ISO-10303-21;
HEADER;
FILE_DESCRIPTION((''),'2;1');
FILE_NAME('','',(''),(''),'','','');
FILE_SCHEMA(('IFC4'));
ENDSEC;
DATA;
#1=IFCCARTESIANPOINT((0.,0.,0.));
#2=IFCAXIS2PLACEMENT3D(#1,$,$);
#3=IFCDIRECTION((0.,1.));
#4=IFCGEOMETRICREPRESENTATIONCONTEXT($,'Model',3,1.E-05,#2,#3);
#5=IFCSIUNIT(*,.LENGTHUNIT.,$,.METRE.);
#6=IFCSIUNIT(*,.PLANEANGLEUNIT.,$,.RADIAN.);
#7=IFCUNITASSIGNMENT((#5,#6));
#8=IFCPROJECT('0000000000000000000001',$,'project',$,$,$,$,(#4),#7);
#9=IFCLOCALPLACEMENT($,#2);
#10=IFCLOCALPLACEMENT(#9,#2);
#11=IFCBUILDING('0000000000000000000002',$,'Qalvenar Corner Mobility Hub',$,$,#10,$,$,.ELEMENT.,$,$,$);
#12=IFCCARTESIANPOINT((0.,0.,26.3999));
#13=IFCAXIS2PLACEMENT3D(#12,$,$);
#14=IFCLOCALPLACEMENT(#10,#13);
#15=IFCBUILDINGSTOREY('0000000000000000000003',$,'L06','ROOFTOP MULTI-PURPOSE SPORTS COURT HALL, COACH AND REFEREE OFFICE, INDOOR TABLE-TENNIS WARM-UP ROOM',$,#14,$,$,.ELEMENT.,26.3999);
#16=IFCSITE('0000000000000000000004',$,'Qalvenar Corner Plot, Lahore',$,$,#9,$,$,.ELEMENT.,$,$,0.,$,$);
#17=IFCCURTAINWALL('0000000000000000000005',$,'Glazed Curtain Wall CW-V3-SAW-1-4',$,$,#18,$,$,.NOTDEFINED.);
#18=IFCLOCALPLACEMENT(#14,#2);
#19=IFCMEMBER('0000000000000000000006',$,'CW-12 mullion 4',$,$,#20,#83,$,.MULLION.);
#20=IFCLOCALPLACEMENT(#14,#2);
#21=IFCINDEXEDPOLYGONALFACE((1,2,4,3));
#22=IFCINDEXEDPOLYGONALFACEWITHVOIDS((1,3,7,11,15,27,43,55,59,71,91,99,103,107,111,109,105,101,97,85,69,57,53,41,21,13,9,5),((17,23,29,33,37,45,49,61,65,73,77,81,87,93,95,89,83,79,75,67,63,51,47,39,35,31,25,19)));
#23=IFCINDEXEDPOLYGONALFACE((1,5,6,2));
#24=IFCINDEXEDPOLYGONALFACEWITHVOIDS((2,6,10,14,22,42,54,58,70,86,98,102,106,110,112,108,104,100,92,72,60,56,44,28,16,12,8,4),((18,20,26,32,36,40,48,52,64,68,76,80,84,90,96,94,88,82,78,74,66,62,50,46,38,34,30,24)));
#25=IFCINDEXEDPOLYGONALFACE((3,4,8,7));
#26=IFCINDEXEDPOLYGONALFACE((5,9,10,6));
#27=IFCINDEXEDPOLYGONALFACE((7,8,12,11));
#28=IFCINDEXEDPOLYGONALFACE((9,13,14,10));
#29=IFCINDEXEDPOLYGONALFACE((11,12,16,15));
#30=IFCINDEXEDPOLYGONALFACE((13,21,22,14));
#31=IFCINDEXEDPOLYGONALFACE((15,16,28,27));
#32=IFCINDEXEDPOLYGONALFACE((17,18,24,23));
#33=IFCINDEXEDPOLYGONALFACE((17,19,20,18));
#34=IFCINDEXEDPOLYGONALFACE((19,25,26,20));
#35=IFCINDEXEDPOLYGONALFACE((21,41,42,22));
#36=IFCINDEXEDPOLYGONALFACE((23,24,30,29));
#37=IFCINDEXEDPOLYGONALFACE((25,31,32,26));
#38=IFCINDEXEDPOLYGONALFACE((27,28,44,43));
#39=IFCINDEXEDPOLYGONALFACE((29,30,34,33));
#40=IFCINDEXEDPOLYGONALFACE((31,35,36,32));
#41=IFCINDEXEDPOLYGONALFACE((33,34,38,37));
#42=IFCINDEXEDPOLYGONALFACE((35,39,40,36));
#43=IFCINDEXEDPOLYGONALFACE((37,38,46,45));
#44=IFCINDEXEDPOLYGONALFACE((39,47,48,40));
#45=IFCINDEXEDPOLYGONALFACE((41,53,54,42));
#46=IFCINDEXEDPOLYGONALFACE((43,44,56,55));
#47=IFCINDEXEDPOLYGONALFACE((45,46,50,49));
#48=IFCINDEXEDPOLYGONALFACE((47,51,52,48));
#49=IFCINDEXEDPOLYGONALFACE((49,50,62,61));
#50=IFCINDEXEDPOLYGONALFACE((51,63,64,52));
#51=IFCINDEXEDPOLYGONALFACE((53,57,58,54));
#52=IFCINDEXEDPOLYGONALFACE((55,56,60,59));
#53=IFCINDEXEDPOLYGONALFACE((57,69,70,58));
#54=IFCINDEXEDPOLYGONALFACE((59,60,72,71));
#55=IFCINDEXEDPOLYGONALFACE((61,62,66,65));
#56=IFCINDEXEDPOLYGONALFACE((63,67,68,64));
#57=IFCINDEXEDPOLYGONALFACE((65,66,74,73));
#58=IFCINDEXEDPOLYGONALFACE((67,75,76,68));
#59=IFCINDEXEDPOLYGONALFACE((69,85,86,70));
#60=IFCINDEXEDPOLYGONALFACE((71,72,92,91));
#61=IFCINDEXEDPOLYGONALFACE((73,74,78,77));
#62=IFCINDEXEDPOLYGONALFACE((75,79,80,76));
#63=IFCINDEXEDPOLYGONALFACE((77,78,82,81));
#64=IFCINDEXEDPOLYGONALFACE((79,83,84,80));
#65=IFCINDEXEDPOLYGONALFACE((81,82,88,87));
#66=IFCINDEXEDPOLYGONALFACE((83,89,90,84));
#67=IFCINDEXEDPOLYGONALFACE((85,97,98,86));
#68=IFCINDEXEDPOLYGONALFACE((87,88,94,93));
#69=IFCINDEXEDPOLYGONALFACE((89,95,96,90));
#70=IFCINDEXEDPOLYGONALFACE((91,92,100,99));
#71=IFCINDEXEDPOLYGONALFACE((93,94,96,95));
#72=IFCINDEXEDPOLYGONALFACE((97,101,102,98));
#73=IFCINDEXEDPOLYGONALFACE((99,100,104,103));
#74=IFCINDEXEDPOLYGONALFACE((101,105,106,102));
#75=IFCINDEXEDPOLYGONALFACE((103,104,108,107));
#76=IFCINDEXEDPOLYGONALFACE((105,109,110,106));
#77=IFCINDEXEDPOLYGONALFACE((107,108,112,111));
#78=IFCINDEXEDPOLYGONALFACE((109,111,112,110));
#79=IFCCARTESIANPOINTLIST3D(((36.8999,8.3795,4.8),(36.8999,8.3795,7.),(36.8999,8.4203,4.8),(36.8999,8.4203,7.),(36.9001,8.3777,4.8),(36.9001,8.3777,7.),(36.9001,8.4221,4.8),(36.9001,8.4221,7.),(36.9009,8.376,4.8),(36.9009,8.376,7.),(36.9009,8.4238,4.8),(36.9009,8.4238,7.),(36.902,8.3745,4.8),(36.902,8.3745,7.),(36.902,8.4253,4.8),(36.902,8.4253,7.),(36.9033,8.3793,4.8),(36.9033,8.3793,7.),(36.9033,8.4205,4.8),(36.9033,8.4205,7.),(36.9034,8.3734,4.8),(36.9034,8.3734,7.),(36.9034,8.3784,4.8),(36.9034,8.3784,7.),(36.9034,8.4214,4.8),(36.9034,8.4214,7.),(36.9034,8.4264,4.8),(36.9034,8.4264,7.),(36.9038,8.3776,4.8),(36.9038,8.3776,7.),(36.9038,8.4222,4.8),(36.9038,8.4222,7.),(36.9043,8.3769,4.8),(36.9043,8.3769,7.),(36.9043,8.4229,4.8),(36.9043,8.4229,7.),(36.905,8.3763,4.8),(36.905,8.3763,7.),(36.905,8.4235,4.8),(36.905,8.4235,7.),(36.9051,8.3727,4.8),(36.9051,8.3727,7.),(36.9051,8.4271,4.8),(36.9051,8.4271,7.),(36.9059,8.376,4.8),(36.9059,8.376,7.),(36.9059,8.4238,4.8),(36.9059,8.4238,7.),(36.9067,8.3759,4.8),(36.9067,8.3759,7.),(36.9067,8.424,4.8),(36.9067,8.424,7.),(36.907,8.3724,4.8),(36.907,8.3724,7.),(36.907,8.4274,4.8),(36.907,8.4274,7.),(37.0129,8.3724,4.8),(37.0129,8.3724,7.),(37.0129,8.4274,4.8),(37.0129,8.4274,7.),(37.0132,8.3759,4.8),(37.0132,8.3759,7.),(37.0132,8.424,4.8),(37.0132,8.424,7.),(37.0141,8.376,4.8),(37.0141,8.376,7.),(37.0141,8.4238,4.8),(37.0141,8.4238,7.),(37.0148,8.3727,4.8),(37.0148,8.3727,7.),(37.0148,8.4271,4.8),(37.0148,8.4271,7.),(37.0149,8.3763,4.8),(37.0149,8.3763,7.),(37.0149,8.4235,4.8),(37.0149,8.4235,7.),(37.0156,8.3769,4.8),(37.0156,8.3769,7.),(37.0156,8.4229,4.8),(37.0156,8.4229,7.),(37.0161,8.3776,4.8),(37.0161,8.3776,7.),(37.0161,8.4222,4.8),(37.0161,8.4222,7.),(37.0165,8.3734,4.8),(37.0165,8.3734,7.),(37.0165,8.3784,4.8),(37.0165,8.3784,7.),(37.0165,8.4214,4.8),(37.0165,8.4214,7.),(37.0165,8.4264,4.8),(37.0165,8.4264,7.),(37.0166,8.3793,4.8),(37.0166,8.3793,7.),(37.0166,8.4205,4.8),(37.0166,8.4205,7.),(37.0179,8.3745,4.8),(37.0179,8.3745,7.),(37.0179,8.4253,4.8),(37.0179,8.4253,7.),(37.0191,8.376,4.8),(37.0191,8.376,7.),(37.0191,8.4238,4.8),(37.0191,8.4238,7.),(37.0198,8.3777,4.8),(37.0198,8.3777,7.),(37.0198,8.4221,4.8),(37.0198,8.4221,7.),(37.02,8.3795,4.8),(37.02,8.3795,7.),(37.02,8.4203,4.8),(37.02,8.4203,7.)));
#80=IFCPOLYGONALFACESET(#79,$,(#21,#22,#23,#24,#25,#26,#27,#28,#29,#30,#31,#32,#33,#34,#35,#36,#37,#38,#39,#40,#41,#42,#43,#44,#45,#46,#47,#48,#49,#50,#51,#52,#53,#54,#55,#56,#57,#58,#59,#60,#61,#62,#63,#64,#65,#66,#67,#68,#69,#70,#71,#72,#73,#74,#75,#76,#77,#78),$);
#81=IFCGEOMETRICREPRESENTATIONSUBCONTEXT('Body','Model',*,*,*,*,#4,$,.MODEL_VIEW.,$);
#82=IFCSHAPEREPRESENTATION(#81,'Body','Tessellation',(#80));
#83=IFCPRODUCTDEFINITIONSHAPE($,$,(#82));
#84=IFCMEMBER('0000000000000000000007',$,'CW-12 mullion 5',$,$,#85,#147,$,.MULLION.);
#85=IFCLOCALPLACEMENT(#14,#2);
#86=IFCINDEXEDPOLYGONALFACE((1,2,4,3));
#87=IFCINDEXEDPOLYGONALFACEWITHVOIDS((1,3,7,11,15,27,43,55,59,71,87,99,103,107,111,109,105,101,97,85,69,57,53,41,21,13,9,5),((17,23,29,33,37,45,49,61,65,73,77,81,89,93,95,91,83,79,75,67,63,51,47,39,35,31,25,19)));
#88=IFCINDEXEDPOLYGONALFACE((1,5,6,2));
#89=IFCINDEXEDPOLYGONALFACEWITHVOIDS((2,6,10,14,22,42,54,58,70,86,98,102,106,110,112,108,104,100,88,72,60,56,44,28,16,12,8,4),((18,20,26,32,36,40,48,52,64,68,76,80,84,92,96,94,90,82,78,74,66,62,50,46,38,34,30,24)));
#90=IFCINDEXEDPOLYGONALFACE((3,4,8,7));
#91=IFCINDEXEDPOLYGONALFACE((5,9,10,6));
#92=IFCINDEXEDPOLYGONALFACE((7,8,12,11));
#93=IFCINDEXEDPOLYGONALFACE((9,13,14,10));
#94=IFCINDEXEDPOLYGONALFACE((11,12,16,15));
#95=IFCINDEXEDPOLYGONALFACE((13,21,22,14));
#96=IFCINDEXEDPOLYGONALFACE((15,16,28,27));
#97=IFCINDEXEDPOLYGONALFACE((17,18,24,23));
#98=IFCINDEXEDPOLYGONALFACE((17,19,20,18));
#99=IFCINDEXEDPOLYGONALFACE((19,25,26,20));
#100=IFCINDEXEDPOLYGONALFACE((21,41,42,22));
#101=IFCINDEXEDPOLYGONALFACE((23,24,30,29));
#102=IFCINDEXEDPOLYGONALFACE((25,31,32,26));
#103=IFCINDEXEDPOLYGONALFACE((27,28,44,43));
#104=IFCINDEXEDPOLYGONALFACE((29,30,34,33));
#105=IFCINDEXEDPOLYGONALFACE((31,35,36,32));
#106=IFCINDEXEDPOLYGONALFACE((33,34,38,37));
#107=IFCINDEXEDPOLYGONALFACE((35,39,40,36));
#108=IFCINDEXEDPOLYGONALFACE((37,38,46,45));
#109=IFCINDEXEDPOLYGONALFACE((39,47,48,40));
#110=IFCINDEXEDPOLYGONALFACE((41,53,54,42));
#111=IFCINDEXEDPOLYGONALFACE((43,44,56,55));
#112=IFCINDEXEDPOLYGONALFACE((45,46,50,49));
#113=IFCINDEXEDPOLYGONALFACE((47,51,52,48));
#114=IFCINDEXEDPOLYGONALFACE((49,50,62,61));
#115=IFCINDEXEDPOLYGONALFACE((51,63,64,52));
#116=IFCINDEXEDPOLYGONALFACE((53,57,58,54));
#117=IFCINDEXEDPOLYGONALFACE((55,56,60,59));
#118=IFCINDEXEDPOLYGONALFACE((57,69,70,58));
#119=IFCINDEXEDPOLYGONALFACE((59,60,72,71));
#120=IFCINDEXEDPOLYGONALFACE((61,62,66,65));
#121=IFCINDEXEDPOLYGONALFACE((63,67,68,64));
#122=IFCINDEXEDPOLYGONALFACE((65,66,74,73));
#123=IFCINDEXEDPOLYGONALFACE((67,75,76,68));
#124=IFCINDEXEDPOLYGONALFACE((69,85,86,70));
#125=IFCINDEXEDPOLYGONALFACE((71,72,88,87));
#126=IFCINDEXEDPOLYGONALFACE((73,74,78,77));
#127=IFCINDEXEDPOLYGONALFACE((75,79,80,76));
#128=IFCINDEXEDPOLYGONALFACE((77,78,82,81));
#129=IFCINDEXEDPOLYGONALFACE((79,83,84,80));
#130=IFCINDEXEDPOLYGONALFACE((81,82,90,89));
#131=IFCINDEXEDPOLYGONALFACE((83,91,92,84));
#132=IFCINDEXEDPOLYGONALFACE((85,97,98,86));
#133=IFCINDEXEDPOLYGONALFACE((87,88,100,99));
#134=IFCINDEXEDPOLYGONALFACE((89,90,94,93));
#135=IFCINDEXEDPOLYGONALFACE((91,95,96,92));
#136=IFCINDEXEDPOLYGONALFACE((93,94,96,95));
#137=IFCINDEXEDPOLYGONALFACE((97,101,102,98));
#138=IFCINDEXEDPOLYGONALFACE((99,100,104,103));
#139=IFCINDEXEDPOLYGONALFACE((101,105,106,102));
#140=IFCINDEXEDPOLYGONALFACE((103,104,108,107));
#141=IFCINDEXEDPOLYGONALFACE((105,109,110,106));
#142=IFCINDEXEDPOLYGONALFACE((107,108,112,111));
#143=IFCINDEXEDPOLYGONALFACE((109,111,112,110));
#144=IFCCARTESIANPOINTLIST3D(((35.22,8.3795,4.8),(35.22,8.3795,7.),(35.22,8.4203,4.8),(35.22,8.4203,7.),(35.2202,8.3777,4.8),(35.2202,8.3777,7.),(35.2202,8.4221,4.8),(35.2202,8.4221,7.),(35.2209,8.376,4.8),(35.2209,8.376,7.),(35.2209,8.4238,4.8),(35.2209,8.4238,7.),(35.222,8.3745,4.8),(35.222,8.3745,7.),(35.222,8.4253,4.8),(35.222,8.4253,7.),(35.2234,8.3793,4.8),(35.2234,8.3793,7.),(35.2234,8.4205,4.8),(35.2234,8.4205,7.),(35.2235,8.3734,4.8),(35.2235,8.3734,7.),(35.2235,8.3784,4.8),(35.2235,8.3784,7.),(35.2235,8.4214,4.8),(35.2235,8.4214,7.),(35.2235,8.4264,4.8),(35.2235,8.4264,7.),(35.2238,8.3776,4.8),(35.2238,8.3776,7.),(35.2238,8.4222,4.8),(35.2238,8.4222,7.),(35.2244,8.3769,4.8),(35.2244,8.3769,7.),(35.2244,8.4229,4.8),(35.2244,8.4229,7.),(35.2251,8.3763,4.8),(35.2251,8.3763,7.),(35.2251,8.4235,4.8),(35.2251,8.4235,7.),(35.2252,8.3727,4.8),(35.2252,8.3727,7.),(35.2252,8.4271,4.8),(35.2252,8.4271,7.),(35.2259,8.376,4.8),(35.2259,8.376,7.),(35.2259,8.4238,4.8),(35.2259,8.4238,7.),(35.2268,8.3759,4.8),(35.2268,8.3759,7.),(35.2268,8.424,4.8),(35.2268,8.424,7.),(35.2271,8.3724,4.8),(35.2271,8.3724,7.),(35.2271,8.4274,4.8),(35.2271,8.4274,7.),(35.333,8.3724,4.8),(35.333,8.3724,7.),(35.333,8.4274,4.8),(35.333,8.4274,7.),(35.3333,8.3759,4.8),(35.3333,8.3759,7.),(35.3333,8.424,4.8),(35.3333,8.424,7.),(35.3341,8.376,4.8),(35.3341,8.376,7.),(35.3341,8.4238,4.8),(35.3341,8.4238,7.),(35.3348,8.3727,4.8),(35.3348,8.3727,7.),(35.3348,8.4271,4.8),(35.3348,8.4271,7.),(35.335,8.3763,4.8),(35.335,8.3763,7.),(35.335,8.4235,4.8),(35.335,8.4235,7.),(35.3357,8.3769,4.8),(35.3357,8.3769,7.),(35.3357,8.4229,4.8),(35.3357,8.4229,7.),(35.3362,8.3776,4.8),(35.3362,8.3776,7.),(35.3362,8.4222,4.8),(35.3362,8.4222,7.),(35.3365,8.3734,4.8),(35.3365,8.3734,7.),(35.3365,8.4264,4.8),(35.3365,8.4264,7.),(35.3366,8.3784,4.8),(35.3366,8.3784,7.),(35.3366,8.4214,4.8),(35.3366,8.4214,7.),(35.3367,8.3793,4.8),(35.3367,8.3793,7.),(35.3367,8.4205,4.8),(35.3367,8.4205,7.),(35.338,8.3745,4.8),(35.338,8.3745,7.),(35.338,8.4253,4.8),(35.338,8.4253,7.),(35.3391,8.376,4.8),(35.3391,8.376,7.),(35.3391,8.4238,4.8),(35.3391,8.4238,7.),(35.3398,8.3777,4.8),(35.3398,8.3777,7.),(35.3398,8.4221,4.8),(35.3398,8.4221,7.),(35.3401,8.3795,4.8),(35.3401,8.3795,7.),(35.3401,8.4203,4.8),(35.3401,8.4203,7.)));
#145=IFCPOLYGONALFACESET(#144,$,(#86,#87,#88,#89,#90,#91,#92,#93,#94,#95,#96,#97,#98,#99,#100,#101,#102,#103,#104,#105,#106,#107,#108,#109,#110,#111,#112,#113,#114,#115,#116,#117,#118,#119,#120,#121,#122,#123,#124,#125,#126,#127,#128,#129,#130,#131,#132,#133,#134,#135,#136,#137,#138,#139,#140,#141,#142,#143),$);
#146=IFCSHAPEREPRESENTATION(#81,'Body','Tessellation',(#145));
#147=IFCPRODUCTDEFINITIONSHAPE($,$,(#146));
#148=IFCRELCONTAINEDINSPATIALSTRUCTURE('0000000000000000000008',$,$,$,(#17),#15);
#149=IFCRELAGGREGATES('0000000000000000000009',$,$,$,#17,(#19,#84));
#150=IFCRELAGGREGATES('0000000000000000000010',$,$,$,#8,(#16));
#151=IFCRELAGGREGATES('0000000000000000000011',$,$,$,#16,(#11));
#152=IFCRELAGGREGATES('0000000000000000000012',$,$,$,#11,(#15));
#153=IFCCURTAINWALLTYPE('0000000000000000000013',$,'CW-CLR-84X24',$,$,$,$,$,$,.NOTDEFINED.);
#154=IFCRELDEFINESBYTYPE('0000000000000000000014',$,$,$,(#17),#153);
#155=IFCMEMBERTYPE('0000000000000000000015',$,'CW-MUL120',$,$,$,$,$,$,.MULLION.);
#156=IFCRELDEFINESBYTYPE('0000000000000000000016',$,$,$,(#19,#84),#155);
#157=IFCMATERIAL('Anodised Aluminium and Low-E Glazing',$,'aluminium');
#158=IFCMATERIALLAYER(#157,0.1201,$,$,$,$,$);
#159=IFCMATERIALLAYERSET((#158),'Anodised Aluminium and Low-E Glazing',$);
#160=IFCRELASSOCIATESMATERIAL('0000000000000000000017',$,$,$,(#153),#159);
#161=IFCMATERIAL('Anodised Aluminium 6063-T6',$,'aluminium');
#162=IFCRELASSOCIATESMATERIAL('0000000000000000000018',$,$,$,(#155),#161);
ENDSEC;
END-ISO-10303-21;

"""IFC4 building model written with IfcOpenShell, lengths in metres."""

from ifc_helpers import new_model, si_unit, direction, frame, origin, origin_2d, place, context, subcontext, project, spatial, hollow_rectangle, extrude, material, layer, layer_set, material_profile, profile_set, type_object, element, aggregate, save


model = new_model("IFC4")

# Units and contexts
model_context = context("Model", 3, precision=1e-05, world=origin(), true_north=direction((0.0, 1.0)))
body_context = subcontext(model_context, "Body", "Model", "MODEL_VIEW")
ifc_project = project(units=[si_unit("LENGTHUNIT", "METRE"), si_unit("PLANEANGLEUNIT", "RADIAN")], contexts=[model_context])

# Site, building, storey
site_placement = place(None, origin())
site = spatial("IfcSite", under=ifc_project, at=site_placement, Name="Qalvenar Corner Plot, Lahore", CompositionType="ELEMENT", RefElevation=0.0)
building_placement = place(site_placement, origin())
building = spatial("IfcBuilding", under=site, at=building_placement, Name="Qalvenar Corner Mobility Hub", CompositionType="ELEMENT")
storey_placement = place(building_placement, frame((0.0, 0.0, 26.3999)))
storey = spatial("IfcBuildingStorey", under=building, at=storey_placement, Name="L06", Description="ROOFTOP MULTI-PURPOSE SPORTS COURT HALL, COACH AND REFEREE OFFICE, INDOOR TABLE-TENNIS WARM-UP ROOM", CompositionType="ELEMENT", Elevation=26.3999)

# Curtain wall, members
ifc_material_1 = material(Name="Anodised Aluminium and Low-E Glazing", Category="aluminium")
ifc_layer_1 = layer(ifc_material_1, 0.1201)
ifc_layer_set_1 = layer_set([ifc_layer_1], Name="Anodised Aluminium and Low-E Glazing")
curtain_wall_type_1 = type_object("IfcCurtainWallType", Name="CW-CLR-84X24", PredefinedType="NOTDEFINED", material=ifc_layer_set_1)
curtain_wall_1_placement = place(storey_placement, origin())
curtain_wall_1 = element("IfcCurtainWall", 1, at=curtain_wall_1_placement, inside=storey, type_object=curtain_wall_type_1, Name="Glazed Curtain Wall CW-V3-SAW-1-4", PredefinedType="NOTDEFINED")
ifc_material_2 = material(Name="Anodised Aluminium 6063-T6", Category="aluminium")
ifc_material_profile_1 = material_profile(ifc_material_2, hollow_rectangle(XDim=0.0549, YDim=0.1201, WallThickness=0.0034, InnerFilletRadius=0.0034, OuterFilletRadius=0.0071, at=origin_2d()), Name="RHS120x55x3.5")
ifc_profile_set_1 = profile_set([ifc_material_profile_1], Name="Anodised Aluminium 6063-T6")
member_type_1 = type_object("IfcMemberType", Name="CW-MUL120", PredefinedType="MULLION", material=ifc_profile_set_1)
member_1_placement = place(storey_placement, frame((36.96, 8.3999, 4.8), z_axis=(0.0, 0.0, 1.0), x_axis=(0.0, -1.0, 0.0)))
member_1 = element("IfcMember", 2, at=member_1_placement, type_object=member_type_1, Name="CW-12 mullion 4", PredefinedType="MULLION", context=body_context, shape_type="SweptSolid", body=[
    extrude(hollow_rectangle(XDim=0.0549, YDim=0.1201, WallThickness=0.0034, InnerFilletRadius=0.0034, OuterFilletRadius=0.0071, at=origin_2d()), origin(), (0.0, 0.0, 1.0), 2.2),
])
member_2_placement = place(storey_placement, frame((35.28, 8.3999, 4.8), z_axis=(0.0, 0.0, 1.0), x_axis=(0.0, -1.0, 0.0)))
member_2 = element("IfcMember", 3, at=member_2_placement, type_object=member_type_1, Name="CW-12 mullion 5", PredefinedType="MULLION", context=body_context, shape_type="SweptSolid", body=[
    extrude(hollow_rectangle(XDim=0.0549, YDim=0.1201, WallThickness=0.0034, InnerFilletRadius=0.0034, OuterFilletRadius=0.0071, at=origin_2d()), origin(), (0.0, 0.0, 1.0), 2.2),
])

aggregate(curtain_wall_1, [member_1, member_2])

save(model, "model.ifc")
